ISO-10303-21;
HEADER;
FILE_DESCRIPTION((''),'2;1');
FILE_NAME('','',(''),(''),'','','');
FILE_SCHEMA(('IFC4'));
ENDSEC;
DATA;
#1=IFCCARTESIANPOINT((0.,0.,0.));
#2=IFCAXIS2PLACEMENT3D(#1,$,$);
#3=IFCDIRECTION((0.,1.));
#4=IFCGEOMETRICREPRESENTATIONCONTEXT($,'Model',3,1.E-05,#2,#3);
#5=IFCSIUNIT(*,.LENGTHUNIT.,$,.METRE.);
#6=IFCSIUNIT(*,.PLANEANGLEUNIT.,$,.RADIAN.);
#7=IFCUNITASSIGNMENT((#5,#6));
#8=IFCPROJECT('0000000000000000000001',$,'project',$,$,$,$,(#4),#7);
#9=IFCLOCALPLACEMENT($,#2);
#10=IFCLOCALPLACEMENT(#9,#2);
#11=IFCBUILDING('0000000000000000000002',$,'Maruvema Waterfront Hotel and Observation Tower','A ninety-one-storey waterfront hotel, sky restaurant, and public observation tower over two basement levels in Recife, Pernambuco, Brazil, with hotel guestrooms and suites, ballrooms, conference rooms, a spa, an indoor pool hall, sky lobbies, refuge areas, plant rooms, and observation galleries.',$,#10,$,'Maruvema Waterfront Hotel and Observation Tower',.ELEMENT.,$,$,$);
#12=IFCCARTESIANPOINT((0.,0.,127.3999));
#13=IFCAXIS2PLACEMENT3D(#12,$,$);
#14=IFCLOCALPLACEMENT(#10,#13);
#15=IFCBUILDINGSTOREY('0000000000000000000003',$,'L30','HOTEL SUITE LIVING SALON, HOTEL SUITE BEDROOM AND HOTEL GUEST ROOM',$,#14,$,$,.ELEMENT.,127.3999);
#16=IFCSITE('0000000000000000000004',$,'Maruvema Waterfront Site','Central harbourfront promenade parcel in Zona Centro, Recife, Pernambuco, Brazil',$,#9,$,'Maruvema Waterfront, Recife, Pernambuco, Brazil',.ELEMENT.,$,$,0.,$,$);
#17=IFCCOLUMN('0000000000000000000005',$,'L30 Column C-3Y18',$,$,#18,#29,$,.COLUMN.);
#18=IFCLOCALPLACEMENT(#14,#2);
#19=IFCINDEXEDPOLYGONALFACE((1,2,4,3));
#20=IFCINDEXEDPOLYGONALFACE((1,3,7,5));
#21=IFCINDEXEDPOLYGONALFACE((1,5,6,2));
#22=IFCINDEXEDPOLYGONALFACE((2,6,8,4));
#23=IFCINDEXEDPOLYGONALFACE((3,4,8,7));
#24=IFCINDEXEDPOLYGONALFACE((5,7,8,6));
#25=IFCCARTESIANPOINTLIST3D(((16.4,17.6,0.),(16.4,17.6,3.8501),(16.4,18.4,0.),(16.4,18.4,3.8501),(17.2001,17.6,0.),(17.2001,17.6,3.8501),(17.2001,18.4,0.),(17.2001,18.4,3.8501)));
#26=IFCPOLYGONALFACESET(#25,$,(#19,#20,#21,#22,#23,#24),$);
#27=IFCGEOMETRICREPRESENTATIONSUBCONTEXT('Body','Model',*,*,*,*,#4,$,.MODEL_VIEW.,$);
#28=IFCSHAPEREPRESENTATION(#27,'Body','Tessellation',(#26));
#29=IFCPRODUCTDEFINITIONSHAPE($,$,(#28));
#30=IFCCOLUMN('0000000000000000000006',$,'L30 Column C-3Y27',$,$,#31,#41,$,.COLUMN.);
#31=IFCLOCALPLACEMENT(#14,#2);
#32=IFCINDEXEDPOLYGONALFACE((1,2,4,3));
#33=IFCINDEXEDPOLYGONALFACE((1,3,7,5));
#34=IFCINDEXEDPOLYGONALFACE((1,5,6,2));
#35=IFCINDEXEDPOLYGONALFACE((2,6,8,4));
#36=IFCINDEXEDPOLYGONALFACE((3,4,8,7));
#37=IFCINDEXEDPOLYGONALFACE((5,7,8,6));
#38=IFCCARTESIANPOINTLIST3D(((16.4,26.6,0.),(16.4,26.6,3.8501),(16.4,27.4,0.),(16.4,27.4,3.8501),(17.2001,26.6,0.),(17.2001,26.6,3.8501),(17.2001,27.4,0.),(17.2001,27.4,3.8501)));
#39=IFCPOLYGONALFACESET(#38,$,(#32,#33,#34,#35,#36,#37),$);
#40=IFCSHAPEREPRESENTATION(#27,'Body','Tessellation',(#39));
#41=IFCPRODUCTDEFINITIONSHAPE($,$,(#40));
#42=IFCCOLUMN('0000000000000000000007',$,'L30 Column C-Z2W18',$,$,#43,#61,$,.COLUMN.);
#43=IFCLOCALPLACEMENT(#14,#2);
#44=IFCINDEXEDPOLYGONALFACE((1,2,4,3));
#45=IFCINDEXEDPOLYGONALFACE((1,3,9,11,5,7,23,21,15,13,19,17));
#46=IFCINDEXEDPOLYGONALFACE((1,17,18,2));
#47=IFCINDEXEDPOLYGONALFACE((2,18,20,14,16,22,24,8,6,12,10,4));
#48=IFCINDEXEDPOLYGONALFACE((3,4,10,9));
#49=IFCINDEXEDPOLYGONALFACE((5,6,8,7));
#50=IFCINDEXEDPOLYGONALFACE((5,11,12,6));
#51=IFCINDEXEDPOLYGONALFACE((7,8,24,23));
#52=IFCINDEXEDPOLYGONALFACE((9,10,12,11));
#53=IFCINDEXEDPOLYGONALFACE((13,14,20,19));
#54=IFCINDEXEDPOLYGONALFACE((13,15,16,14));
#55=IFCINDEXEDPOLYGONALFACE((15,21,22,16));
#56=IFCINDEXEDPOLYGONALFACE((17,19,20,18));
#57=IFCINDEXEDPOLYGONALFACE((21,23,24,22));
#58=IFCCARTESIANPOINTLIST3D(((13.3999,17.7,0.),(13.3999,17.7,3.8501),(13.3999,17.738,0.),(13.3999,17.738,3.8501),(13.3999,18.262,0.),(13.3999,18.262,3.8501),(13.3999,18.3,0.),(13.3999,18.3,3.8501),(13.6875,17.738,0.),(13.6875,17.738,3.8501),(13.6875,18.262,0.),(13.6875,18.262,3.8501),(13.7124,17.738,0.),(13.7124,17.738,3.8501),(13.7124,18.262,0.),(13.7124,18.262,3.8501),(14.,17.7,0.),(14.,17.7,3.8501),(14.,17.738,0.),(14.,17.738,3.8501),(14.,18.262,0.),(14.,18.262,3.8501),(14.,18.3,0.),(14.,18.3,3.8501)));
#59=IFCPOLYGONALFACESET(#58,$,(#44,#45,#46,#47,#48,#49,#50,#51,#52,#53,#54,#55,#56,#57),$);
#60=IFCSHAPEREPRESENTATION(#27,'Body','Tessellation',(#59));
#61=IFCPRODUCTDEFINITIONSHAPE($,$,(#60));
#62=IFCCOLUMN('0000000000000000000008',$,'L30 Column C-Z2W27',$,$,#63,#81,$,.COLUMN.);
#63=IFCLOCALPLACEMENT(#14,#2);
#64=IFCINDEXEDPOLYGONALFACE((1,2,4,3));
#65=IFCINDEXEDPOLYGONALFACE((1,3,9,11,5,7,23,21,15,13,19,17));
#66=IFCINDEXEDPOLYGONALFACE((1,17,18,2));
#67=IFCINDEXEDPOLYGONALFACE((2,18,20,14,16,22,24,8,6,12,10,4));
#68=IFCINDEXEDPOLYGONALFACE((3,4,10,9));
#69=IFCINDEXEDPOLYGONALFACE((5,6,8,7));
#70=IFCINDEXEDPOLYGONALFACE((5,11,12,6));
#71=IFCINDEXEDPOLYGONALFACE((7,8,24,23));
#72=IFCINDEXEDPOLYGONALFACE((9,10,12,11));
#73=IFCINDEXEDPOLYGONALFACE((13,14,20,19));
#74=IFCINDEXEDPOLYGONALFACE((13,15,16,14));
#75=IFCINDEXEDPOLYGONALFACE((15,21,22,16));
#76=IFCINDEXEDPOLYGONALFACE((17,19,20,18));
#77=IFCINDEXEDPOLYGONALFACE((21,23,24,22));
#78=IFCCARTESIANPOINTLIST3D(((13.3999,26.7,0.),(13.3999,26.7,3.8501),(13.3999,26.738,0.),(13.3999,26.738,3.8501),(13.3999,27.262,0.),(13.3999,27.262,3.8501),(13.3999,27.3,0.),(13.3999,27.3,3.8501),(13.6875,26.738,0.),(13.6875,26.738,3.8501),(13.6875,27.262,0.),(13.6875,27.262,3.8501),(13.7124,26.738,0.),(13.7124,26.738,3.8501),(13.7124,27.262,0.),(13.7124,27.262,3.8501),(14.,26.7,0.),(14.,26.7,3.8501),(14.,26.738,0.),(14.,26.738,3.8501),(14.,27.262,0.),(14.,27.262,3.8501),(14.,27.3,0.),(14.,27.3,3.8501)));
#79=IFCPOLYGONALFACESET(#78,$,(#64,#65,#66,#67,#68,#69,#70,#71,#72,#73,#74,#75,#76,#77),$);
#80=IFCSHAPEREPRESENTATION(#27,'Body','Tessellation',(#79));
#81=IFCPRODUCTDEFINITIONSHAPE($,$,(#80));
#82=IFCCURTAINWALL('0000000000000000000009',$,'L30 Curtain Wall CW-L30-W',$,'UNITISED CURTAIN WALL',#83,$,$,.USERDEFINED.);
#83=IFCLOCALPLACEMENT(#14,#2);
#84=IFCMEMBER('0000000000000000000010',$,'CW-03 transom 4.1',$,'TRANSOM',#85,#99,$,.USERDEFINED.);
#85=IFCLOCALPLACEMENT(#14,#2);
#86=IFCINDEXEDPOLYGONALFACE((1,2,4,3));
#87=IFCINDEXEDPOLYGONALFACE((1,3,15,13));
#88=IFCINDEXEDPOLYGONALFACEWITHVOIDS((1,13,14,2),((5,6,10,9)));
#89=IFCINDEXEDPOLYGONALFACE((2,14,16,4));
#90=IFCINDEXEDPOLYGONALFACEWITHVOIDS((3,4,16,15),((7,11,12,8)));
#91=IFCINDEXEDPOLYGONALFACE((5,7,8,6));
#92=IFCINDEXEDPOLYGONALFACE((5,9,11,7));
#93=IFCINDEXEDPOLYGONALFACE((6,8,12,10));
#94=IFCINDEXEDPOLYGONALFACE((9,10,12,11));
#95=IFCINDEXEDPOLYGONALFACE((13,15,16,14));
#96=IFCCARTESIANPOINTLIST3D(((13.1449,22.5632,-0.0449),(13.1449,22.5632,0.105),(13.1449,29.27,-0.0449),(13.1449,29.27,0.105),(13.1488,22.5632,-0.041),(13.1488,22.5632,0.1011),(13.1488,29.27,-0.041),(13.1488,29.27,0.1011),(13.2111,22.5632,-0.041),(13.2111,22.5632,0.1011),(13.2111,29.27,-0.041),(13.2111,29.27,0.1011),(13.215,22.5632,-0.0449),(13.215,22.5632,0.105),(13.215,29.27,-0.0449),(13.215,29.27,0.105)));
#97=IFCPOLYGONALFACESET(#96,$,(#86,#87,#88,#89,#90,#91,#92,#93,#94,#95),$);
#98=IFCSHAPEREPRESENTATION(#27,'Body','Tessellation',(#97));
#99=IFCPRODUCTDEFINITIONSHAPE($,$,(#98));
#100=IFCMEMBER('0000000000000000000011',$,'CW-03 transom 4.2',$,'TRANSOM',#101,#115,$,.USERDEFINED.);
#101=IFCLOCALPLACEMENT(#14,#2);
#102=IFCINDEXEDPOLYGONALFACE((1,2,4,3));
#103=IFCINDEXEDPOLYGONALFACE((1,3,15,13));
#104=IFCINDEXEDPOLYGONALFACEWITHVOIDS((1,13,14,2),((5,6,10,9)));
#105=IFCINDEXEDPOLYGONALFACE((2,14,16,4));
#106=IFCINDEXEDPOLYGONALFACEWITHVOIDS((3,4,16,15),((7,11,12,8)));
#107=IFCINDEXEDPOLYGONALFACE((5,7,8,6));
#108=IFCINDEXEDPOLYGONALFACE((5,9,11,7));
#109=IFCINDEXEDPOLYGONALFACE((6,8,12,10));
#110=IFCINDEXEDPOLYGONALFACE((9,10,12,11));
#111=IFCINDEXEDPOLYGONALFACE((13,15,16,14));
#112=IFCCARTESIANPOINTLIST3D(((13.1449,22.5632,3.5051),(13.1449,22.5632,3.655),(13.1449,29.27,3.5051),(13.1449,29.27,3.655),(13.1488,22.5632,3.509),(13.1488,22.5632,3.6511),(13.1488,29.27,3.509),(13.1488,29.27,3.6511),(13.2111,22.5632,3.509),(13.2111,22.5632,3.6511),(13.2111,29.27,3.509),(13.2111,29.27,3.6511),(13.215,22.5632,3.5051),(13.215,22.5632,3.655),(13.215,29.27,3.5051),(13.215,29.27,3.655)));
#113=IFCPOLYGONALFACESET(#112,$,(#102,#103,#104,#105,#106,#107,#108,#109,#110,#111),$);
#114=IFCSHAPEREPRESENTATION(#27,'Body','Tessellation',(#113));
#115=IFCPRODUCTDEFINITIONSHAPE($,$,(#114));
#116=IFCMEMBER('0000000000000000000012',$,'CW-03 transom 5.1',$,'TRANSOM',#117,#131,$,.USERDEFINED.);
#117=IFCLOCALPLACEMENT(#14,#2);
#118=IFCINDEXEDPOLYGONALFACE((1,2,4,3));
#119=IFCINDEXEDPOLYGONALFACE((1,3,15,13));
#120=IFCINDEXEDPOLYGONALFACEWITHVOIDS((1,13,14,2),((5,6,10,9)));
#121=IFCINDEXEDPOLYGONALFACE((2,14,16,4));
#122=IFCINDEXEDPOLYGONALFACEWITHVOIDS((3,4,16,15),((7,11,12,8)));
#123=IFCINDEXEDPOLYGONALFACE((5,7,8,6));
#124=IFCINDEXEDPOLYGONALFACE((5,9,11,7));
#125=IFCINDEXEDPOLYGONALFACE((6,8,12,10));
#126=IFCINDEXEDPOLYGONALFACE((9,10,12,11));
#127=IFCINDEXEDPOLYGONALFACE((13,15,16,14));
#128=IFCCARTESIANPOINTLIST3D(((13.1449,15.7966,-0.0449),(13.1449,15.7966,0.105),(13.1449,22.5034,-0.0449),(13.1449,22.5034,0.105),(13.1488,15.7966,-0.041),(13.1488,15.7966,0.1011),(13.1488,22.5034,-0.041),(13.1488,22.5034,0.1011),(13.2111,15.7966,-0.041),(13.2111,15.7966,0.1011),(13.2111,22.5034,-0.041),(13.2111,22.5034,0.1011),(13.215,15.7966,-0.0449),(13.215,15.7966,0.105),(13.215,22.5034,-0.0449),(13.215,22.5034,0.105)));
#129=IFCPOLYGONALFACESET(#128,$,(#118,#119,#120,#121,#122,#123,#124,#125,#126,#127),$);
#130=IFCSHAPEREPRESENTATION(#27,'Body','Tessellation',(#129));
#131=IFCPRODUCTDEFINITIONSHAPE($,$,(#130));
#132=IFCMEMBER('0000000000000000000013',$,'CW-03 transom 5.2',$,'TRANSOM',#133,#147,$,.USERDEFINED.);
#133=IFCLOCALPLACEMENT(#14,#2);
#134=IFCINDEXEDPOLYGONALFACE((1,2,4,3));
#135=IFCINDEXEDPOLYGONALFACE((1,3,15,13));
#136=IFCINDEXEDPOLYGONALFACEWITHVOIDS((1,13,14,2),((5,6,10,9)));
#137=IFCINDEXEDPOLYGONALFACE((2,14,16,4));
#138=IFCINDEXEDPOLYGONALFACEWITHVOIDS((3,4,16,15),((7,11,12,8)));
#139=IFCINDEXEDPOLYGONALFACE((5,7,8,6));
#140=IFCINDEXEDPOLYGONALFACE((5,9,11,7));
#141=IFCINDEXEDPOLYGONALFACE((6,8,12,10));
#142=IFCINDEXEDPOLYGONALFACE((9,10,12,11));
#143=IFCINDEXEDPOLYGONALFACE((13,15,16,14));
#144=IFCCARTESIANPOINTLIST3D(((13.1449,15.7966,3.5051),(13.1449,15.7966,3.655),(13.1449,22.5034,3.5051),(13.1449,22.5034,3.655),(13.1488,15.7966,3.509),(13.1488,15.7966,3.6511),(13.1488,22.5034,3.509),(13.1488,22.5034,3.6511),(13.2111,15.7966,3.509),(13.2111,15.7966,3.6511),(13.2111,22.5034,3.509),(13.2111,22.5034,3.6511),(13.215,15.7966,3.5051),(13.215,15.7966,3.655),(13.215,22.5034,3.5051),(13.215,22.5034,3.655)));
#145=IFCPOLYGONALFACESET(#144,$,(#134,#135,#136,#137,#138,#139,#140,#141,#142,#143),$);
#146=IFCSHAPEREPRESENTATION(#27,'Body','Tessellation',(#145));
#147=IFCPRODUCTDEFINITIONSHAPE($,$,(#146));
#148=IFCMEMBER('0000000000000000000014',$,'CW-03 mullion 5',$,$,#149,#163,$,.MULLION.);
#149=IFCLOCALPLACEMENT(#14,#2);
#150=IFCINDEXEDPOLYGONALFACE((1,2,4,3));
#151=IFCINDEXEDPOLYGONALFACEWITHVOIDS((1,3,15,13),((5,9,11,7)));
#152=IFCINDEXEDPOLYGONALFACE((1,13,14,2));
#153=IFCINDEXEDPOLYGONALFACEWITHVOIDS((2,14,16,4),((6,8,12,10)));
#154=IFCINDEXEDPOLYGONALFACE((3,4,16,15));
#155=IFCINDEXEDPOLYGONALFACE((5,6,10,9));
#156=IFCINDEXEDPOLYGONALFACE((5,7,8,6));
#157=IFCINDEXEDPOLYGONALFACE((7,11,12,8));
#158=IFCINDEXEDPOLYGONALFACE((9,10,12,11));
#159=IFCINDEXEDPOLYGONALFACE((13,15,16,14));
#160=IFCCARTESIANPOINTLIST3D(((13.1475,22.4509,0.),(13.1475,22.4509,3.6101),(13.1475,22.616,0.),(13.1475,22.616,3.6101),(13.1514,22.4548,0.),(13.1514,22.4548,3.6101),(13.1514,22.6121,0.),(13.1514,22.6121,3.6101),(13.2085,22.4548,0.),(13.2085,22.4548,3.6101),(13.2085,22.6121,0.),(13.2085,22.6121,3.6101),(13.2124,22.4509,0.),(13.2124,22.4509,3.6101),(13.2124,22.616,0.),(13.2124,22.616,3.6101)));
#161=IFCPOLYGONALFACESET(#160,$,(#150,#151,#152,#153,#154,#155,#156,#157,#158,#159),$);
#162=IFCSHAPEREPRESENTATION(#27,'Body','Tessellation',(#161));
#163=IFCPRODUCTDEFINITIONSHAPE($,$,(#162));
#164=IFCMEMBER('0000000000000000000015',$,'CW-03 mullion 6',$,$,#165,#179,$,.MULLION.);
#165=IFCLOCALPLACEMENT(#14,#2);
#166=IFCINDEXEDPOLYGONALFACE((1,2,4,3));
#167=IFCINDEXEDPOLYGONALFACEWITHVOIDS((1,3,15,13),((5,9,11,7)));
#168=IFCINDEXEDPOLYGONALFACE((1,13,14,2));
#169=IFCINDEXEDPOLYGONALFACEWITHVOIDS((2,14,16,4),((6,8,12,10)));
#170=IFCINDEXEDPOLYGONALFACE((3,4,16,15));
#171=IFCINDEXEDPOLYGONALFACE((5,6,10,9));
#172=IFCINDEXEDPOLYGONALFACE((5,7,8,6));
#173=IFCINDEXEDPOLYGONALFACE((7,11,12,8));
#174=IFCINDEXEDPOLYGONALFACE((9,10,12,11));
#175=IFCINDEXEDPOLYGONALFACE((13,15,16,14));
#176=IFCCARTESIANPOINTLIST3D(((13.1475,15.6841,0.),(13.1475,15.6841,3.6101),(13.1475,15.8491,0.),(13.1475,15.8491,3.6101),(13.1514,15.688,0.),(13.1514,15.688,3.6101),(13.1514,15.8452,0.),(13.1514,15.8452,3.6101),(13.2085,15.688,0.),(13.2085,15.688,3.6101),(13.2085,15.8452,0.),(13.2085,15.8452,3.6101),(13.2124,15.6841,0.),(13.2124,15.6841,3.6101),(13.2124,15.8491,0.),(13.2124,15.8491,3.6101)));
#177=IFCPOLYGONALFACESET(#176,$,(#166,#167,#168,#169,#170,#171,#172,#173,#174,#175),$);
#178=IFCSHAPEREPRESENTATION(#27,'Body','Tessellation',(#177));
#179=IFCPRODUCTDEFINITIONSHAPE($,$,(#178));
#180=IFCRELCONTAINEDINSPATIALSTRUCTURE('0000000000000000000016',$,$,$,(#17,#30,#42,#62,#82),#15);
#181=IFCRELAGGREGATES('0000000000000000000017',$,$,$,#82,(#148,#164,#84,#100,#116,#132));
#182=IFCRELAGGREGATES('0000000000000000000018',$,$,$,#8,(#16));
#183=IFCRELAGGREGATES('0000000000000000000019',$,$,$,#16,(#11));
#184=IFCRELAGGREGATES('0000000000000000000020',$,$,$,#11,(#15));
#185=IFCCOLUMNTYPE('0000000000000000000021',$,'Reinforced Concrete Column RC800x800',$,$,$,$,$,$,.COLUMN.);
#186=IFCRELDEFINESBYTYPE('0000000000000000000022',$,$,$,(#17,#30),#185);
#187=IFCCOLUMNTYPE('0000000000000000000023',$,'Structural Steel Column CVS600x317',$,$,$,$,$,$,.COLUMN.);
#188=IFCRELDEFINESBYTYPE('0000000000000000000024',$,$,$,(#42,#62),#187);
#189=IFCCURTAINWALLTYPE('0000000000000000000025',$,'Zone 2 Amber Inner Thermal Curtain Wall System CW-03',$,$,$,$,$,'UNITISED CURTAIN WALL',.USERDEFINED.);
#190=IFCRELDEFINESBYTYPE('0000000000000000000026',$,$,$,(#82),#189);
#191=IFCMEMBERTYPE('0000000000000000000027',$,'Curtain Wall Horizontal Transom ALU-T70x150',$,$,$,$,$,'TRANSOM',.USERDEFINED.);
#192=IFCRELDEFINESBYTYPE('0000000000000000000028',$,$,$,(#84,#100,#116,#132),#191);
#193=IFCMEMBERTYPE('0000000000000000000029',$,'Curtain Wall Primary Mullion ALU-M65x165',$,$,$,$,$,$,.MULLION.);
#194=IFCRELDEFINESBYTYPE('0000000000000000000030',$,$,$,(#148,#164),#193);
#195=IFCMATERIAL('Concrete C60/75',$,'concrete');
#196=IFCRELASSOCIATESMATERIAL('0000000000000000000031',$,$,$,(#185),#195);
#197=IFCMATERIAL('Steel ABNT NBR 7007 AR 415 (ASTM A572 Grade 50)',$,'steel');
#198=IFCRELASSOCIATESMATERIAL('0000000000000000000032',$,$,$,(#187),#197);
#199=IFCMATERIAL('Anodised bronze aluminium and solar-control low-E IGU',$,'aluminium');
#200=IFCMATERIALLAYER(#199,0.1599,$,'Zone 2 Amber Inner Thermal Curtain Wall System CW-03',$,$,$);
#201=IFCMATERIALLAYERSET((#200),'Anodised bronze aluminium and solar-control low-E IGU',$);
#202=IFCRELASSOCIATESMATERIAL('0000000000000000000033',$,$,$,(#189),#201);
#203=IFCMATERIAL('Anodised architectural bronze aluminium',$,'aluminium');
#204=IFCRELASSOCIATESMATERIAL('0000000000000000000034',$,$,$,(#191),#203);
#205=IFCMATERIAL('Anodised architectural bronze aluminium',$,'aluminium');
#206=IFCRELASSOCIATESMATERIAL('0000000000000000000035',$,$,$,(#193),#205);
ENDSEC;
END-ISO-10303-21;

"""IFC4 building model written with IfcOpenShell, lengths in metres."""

from ifc_helpers import new_model, si_unit, direction, frame, origin, origin_2d, place, context, subcontext, project, spatial, rectangle, hollow_rectangle, i_section, extrude, material, layer, layer_set, material_profile, profile_set, type_object, element, aggregate, save


model = new_model("IFC4")

# Units and contexts
model_context = context("Model", 3, precision=1e-05, world=origin(), true_north=direction((0.0, 1.0)))
body_context = subcontext(model_context, "Body", "Model", "MODEL_VIEW")
ifc_project = project(units=[si_unit("LENGTHUNIT", "METRE"), si_unit("PLANEANGLEUNIT", "RADIAN")], contexts=[model_context])

# Site, building, storey
site_placement = place(None, origin())
site = spatial("IfcSite", under=ifc_project, at=site_placement, Name="Maruvema Waterfront Site", Description="Central harbourfront promenade parcel in Zona Centro, Recife, Pernambuco, Brazil", LongName="Maruvema Waterfront, Recife, Pernambuco, Brazil", CompositionType="ELEMENT", RefElevation=0.0)
building_placement = place(site_placement, origin())
building = spatial("IfcBuilding", under=site, at=building_placement, Name="Maruvema Waterfront Hotel and Observation Tower", Description="A ninety-one-storey waterfront hotel, sky restaurant, and public observation tower over two basement levels in Recife, Pernambuco, Brazil, with hotel guestrooms and suites, ballrooms, conference rooms, a spa, an indoor pool hall, sky lobbies, refuge areas, plant rooms, and observation galleries.", LongName="Maruvema Waterfront Hotel and Observation Tower", CompositionType="ELEMENT")
storey_placement = place(building_placement, frame((0.0, 0.0, 127.3999)))
storey = spatial("IfcBuildingStorey", under=building, at=storey_placement, Name="L30", Description="HOTEL SUITE LIVING SALON, HOTEL SUITE BEDROOM AND HOTEL GUEST ROOM", CompositionType="ELEMENT", Elevation=127.3999)

# Columns
ifc_material_1 = material(Name="Concrete C60/75", Category="concrete")
ifc_material_profile_1 = material_profile(ifc_material_1, rectangle(XDim=0.8, YDim=0.8, at=origin_2d()), Name="RC800x800")
ifc_profile_set_1 = profile_set([ifc_material_profile_1], Name="Concrete C60/75")
column_type_1 = type_object("IfcColumnType", Name="Reinforced Concrete Column RC800x800", PredefinedType="COLUMN", material=ifc_profile_set_1)
for number, where, z_axis, x_axis, name in (
    (1, (16.8, 18.0, 0.0), (0.0, 0.0, 1.0), (1.0, 0.0, 0.0), "L30 Column C-3Y18"),
    (2, (16.8, 27.0, 0.0), (0.0, 0.0, 1.0), (1.0, 0.0, 0.0), "L30 Column C-3Y27"),
):
    element("IfcColumn", number, at=place(storey_placement, frame(where, z_axis=z_axis, x_axis=x_axis)), inside=storey, type_object=column_type_1, Name=name, PredefinedType="COLUMN", context=body_context, shape_type="SweptSolid", body=[
        extrude(rectangle(XDim=0.8, YDim=0.8, at=origin_2d()), origin(), (0.0, 0.0, 1.0), 3.8501),
    ])
ifc_material_2 = material(Name="Steel ABNT NBR 7007 AR 415 (ASTM A572 Grade 50)", Category="steel")
ifc_material_profile_2 = material_profile(ifc_material_2, i_section(OverallWidth=0.6001, OverallDepth=0.6001, WebThickness=0.0249, FlangeThickness=0.0381, at=origin_2d()), Name="CVS600x317")
ifc_profile_set_2 = profile_set([ifc_material_profile_2], Name="Steel ABNT NBR 7007 AR 415 (ASTM A572 Grade 50)")
column_type_2 = type_object("IfcColumnType", Name="Structural Steel Column CVS600x317", PredefinedType="COLUMN", material=ifc_profile_set_2)
for number, where, z_axis, x_axis, name in (
    (3, (13.7, 18.0, 0.0), (0.0, 0.0, 1.0), (1.0, 0.0, 0.0), "L30 Column C-Z2W18"),
    (4, (13.7, 27.0, 0.0), (0.0, 0.0, 1.0), (1.0, 0.0, 0.0), "L30 Column C-Z2W27"),
):
    element("IfcColumn", number, at=place(storey_placement, frame(where, z_axis=z_axis, x_axis=x_axis)), inside=storey, type_object=column_type_2, Name=name, PredefinedType="COLUMN", context=body_context, shape_type="SweptSolid", body=[
        extrude(i_section(OverallWidth=0.6001, OverallDepth=0.6001, WebThickness=0.0249, FlangeThickness=0.0381, at=origin_2d()), origin(), (0.0, 0.0, 1.0), 3.8501),
    ])

# Curtain wall, members
ifc_material_3 = material(Name="Anodised bronze aluminium and solar-control low-E IGU", Category="aluminium")
ifc_layer_1 = layer(ifc_material_3, 0.1599, Name="Zone 2 Amber Inner Thermal Curtain Wall System CW-03")
ifc_layer_set_1 = layer_set([ifc_layer_1], Name="Anodised bronze aluminium and solar-control low-E IGU")
curtain_wall_type = type_object("IfcCurtainWallType", Name="Zone 2 Amber Inner Thermal Curtain Wall System CW-03", ElementType="UNITISED CURTAIN WALL", PredefinedType="USERDEFINED", material=ifc_layer_set_1)
curtain_wall_placement = place(storey_placement, origin())
curtain_wall = element("IfcCurtainWall", 5, at=curtain_wall_placement, inside=storey, type_object=curtain_wall_type, Name="L30 Curtain Wall CW-L30-W", ObjectType="UNITISED CURTAIN WALL", PredefinedType="USERDEFINED")
ifc_material_4 = material(Name="Anodised architectural bronze aluminium", Category="aluminium")
ifc_material_profile_3 = material_profile(ifc_material_4, hollow_rectangle(XDim=0.0701, YDim=0.1499, WallThickness=0.0039, at=origin_2d()), Name="ALU-T70x150")
ifc_profile_set_3 = profile_set([ifc_material_profile_3], Name="Anodised architectural bronze aluminium")
member_type_1 = type_object("IfcMemberType", Name="Curtain Wall Horizontal Transom ALU-T70x150", ElementType="TRANSOM", PredefinedType="USERDEFINED", material=ifc_profile_set_3)
member_1_placement = place(storey_placement, frame((13.1799, 29.27, 0.03), z_axis=(0.0, -1.0, 0.0), x_axis=(1.0, 0.0, 0.0)))
member_1 = element("IfcMember", 6, at=member_1_placement, type_object=member_type_1, Name="CW-03 transom 4.1", ObjectType="TRANSOM", PredefinedType="USERDEFINED", context=body_context, shape_type="SweptSolid", body=[
    extrude(hollow_rectangle(XDim=0.0701, YDim=0.1499, WallThickness=0.0039, at=origin_2d()), origin(), (0.0, 0.0, 1.0), 6.7068),
])
member_2_placement = place(storey_placement, frame((13.1799, 29.27, 3.5801), z_axis=(0.0, -1.0, 0.0), x_axis=(1.0, 0.0, 0.0)))
member_2 = element("IfcMember", 7, at=member_2_placement, type_object=member_type_1, Name="CW-03 transom 4.2", ObjectType="TRANSOM", PredefinedType="USERDEFINED", context=body_context, shape_type="SweptSolid", body=[
    extrude(hollow_rectangle(XDim=0.0701, YDim=0.1499, WallThickness=0.0039, at=origin_2d()), origin(), (0.0, 0.0, 1.0), 6.7068),
])
member_3_placement = place(storey_placement, frame((13.1799, 22.5034, 0.03), z_axis=(0.0, -1.0, 0.0), x_axis=(1.0, 0.0, 0.0)))
member_3 = element("IfcMember", 8, at=member_3_placement, type_object=member_type_1, Name="CW-03 transom 5.1", ObjectType="TRANSOM", PredefinedType="USERDEFINED", context=body_context, shape_type="SweptSolid", body=[
    extrude(hollow_rectangle(XDim=0.0701, YDim=0.1499, WallThickness=0.0039, at=origin_2d()), origin(), (0.0, 0.0, 1.0), 6.7068),
])
member_4_placement = place(storey_placement, frame((13.1799, 22.5034, 3.5801), z_axis=(0.0, -1.0, 0.0), x_axis=(1.0, 0.0, 0.0)))
member_4 = element("IfcMember", 9, at=member_4_placement, type_object=member_type_1, Name="CW-03 transom 5.2", ObjectType="TRANSOM", PredefinedType="USERDEFINED", context=body_context, shape_type="SweptSolid", body=[
    extrude(hollow_rectangle(XDim=0.0701, YDim=0.1499, WallThickness=0.0039, at=origin_2d()), origin(), (0.0, 0.0, 1.0), 6.7068),
])
ifc_material_5 = material(Name="Anodised architectural bronze aluminium", Category="aluminium")
ifc_material_profile_4 = material_profile(ifc_material_5, hollow_rectangle(XDim=0.0649, YDim=0.165, WallThickness=0.0039, at=origin_2d()), Name="ALU-M65x165")
ifc_profile_set_4 = profile_set([ifc_material_profile_4], Name="Anodised architectural bronze aluminium")
member_type_2 = type_object("IfcMemberType", Name="Curtain Wall Primary Mullion ALU-M65x165", PredefinedType="MULLION", material=ifc_profile_set_4)
member_5_placement = place(storey_placement, frame((13.1799, 22.5334, 0.0), z_axis=(0.0, 0.0, 1.0), x_axis=(1.0, 0.0, 0.0)))
member_5 = element("IfcMember", 10, at=member_5_placement, type_object=member_type_2, Name="CW-03 mullion 5", PredefinedType="MULLION", context=body_context, shape_type="SweptSolid", body=[
    extrude(hollow_rectangle(XDim=0.0649, YDim=0.165, WallThickness=0.0039, at=origin_2d()), origin(), (0.0, 0.0, 1.0), 3.6101),
])
member_6_placement = place(storey_placement, frame((13.1799, 15.7666, 0.0), z_axis=(0.0, 0.0, 1.0), x_axis=(1.0, 0.0, 0.0)))
member_6 = element("IfcMember", 11, at=member_6_placement, type_object=member_type_2, Name="CW-03 mullion 6", PredefinedType="MULLION", context=body_context, shape_type="SweptSolid", body=[
    extrude(hollow_rectangle(XDim=0.0649, YDim=0.165, WallThickness=0.0039, at=origin_2d()), origin(), (0.0, 0.0, 1.0), 3.6101),
])

aggregate(curtain_wall, [member_5, member_6, member_1, member_2, member_3, member_4])

save(model, "model.ifc")
